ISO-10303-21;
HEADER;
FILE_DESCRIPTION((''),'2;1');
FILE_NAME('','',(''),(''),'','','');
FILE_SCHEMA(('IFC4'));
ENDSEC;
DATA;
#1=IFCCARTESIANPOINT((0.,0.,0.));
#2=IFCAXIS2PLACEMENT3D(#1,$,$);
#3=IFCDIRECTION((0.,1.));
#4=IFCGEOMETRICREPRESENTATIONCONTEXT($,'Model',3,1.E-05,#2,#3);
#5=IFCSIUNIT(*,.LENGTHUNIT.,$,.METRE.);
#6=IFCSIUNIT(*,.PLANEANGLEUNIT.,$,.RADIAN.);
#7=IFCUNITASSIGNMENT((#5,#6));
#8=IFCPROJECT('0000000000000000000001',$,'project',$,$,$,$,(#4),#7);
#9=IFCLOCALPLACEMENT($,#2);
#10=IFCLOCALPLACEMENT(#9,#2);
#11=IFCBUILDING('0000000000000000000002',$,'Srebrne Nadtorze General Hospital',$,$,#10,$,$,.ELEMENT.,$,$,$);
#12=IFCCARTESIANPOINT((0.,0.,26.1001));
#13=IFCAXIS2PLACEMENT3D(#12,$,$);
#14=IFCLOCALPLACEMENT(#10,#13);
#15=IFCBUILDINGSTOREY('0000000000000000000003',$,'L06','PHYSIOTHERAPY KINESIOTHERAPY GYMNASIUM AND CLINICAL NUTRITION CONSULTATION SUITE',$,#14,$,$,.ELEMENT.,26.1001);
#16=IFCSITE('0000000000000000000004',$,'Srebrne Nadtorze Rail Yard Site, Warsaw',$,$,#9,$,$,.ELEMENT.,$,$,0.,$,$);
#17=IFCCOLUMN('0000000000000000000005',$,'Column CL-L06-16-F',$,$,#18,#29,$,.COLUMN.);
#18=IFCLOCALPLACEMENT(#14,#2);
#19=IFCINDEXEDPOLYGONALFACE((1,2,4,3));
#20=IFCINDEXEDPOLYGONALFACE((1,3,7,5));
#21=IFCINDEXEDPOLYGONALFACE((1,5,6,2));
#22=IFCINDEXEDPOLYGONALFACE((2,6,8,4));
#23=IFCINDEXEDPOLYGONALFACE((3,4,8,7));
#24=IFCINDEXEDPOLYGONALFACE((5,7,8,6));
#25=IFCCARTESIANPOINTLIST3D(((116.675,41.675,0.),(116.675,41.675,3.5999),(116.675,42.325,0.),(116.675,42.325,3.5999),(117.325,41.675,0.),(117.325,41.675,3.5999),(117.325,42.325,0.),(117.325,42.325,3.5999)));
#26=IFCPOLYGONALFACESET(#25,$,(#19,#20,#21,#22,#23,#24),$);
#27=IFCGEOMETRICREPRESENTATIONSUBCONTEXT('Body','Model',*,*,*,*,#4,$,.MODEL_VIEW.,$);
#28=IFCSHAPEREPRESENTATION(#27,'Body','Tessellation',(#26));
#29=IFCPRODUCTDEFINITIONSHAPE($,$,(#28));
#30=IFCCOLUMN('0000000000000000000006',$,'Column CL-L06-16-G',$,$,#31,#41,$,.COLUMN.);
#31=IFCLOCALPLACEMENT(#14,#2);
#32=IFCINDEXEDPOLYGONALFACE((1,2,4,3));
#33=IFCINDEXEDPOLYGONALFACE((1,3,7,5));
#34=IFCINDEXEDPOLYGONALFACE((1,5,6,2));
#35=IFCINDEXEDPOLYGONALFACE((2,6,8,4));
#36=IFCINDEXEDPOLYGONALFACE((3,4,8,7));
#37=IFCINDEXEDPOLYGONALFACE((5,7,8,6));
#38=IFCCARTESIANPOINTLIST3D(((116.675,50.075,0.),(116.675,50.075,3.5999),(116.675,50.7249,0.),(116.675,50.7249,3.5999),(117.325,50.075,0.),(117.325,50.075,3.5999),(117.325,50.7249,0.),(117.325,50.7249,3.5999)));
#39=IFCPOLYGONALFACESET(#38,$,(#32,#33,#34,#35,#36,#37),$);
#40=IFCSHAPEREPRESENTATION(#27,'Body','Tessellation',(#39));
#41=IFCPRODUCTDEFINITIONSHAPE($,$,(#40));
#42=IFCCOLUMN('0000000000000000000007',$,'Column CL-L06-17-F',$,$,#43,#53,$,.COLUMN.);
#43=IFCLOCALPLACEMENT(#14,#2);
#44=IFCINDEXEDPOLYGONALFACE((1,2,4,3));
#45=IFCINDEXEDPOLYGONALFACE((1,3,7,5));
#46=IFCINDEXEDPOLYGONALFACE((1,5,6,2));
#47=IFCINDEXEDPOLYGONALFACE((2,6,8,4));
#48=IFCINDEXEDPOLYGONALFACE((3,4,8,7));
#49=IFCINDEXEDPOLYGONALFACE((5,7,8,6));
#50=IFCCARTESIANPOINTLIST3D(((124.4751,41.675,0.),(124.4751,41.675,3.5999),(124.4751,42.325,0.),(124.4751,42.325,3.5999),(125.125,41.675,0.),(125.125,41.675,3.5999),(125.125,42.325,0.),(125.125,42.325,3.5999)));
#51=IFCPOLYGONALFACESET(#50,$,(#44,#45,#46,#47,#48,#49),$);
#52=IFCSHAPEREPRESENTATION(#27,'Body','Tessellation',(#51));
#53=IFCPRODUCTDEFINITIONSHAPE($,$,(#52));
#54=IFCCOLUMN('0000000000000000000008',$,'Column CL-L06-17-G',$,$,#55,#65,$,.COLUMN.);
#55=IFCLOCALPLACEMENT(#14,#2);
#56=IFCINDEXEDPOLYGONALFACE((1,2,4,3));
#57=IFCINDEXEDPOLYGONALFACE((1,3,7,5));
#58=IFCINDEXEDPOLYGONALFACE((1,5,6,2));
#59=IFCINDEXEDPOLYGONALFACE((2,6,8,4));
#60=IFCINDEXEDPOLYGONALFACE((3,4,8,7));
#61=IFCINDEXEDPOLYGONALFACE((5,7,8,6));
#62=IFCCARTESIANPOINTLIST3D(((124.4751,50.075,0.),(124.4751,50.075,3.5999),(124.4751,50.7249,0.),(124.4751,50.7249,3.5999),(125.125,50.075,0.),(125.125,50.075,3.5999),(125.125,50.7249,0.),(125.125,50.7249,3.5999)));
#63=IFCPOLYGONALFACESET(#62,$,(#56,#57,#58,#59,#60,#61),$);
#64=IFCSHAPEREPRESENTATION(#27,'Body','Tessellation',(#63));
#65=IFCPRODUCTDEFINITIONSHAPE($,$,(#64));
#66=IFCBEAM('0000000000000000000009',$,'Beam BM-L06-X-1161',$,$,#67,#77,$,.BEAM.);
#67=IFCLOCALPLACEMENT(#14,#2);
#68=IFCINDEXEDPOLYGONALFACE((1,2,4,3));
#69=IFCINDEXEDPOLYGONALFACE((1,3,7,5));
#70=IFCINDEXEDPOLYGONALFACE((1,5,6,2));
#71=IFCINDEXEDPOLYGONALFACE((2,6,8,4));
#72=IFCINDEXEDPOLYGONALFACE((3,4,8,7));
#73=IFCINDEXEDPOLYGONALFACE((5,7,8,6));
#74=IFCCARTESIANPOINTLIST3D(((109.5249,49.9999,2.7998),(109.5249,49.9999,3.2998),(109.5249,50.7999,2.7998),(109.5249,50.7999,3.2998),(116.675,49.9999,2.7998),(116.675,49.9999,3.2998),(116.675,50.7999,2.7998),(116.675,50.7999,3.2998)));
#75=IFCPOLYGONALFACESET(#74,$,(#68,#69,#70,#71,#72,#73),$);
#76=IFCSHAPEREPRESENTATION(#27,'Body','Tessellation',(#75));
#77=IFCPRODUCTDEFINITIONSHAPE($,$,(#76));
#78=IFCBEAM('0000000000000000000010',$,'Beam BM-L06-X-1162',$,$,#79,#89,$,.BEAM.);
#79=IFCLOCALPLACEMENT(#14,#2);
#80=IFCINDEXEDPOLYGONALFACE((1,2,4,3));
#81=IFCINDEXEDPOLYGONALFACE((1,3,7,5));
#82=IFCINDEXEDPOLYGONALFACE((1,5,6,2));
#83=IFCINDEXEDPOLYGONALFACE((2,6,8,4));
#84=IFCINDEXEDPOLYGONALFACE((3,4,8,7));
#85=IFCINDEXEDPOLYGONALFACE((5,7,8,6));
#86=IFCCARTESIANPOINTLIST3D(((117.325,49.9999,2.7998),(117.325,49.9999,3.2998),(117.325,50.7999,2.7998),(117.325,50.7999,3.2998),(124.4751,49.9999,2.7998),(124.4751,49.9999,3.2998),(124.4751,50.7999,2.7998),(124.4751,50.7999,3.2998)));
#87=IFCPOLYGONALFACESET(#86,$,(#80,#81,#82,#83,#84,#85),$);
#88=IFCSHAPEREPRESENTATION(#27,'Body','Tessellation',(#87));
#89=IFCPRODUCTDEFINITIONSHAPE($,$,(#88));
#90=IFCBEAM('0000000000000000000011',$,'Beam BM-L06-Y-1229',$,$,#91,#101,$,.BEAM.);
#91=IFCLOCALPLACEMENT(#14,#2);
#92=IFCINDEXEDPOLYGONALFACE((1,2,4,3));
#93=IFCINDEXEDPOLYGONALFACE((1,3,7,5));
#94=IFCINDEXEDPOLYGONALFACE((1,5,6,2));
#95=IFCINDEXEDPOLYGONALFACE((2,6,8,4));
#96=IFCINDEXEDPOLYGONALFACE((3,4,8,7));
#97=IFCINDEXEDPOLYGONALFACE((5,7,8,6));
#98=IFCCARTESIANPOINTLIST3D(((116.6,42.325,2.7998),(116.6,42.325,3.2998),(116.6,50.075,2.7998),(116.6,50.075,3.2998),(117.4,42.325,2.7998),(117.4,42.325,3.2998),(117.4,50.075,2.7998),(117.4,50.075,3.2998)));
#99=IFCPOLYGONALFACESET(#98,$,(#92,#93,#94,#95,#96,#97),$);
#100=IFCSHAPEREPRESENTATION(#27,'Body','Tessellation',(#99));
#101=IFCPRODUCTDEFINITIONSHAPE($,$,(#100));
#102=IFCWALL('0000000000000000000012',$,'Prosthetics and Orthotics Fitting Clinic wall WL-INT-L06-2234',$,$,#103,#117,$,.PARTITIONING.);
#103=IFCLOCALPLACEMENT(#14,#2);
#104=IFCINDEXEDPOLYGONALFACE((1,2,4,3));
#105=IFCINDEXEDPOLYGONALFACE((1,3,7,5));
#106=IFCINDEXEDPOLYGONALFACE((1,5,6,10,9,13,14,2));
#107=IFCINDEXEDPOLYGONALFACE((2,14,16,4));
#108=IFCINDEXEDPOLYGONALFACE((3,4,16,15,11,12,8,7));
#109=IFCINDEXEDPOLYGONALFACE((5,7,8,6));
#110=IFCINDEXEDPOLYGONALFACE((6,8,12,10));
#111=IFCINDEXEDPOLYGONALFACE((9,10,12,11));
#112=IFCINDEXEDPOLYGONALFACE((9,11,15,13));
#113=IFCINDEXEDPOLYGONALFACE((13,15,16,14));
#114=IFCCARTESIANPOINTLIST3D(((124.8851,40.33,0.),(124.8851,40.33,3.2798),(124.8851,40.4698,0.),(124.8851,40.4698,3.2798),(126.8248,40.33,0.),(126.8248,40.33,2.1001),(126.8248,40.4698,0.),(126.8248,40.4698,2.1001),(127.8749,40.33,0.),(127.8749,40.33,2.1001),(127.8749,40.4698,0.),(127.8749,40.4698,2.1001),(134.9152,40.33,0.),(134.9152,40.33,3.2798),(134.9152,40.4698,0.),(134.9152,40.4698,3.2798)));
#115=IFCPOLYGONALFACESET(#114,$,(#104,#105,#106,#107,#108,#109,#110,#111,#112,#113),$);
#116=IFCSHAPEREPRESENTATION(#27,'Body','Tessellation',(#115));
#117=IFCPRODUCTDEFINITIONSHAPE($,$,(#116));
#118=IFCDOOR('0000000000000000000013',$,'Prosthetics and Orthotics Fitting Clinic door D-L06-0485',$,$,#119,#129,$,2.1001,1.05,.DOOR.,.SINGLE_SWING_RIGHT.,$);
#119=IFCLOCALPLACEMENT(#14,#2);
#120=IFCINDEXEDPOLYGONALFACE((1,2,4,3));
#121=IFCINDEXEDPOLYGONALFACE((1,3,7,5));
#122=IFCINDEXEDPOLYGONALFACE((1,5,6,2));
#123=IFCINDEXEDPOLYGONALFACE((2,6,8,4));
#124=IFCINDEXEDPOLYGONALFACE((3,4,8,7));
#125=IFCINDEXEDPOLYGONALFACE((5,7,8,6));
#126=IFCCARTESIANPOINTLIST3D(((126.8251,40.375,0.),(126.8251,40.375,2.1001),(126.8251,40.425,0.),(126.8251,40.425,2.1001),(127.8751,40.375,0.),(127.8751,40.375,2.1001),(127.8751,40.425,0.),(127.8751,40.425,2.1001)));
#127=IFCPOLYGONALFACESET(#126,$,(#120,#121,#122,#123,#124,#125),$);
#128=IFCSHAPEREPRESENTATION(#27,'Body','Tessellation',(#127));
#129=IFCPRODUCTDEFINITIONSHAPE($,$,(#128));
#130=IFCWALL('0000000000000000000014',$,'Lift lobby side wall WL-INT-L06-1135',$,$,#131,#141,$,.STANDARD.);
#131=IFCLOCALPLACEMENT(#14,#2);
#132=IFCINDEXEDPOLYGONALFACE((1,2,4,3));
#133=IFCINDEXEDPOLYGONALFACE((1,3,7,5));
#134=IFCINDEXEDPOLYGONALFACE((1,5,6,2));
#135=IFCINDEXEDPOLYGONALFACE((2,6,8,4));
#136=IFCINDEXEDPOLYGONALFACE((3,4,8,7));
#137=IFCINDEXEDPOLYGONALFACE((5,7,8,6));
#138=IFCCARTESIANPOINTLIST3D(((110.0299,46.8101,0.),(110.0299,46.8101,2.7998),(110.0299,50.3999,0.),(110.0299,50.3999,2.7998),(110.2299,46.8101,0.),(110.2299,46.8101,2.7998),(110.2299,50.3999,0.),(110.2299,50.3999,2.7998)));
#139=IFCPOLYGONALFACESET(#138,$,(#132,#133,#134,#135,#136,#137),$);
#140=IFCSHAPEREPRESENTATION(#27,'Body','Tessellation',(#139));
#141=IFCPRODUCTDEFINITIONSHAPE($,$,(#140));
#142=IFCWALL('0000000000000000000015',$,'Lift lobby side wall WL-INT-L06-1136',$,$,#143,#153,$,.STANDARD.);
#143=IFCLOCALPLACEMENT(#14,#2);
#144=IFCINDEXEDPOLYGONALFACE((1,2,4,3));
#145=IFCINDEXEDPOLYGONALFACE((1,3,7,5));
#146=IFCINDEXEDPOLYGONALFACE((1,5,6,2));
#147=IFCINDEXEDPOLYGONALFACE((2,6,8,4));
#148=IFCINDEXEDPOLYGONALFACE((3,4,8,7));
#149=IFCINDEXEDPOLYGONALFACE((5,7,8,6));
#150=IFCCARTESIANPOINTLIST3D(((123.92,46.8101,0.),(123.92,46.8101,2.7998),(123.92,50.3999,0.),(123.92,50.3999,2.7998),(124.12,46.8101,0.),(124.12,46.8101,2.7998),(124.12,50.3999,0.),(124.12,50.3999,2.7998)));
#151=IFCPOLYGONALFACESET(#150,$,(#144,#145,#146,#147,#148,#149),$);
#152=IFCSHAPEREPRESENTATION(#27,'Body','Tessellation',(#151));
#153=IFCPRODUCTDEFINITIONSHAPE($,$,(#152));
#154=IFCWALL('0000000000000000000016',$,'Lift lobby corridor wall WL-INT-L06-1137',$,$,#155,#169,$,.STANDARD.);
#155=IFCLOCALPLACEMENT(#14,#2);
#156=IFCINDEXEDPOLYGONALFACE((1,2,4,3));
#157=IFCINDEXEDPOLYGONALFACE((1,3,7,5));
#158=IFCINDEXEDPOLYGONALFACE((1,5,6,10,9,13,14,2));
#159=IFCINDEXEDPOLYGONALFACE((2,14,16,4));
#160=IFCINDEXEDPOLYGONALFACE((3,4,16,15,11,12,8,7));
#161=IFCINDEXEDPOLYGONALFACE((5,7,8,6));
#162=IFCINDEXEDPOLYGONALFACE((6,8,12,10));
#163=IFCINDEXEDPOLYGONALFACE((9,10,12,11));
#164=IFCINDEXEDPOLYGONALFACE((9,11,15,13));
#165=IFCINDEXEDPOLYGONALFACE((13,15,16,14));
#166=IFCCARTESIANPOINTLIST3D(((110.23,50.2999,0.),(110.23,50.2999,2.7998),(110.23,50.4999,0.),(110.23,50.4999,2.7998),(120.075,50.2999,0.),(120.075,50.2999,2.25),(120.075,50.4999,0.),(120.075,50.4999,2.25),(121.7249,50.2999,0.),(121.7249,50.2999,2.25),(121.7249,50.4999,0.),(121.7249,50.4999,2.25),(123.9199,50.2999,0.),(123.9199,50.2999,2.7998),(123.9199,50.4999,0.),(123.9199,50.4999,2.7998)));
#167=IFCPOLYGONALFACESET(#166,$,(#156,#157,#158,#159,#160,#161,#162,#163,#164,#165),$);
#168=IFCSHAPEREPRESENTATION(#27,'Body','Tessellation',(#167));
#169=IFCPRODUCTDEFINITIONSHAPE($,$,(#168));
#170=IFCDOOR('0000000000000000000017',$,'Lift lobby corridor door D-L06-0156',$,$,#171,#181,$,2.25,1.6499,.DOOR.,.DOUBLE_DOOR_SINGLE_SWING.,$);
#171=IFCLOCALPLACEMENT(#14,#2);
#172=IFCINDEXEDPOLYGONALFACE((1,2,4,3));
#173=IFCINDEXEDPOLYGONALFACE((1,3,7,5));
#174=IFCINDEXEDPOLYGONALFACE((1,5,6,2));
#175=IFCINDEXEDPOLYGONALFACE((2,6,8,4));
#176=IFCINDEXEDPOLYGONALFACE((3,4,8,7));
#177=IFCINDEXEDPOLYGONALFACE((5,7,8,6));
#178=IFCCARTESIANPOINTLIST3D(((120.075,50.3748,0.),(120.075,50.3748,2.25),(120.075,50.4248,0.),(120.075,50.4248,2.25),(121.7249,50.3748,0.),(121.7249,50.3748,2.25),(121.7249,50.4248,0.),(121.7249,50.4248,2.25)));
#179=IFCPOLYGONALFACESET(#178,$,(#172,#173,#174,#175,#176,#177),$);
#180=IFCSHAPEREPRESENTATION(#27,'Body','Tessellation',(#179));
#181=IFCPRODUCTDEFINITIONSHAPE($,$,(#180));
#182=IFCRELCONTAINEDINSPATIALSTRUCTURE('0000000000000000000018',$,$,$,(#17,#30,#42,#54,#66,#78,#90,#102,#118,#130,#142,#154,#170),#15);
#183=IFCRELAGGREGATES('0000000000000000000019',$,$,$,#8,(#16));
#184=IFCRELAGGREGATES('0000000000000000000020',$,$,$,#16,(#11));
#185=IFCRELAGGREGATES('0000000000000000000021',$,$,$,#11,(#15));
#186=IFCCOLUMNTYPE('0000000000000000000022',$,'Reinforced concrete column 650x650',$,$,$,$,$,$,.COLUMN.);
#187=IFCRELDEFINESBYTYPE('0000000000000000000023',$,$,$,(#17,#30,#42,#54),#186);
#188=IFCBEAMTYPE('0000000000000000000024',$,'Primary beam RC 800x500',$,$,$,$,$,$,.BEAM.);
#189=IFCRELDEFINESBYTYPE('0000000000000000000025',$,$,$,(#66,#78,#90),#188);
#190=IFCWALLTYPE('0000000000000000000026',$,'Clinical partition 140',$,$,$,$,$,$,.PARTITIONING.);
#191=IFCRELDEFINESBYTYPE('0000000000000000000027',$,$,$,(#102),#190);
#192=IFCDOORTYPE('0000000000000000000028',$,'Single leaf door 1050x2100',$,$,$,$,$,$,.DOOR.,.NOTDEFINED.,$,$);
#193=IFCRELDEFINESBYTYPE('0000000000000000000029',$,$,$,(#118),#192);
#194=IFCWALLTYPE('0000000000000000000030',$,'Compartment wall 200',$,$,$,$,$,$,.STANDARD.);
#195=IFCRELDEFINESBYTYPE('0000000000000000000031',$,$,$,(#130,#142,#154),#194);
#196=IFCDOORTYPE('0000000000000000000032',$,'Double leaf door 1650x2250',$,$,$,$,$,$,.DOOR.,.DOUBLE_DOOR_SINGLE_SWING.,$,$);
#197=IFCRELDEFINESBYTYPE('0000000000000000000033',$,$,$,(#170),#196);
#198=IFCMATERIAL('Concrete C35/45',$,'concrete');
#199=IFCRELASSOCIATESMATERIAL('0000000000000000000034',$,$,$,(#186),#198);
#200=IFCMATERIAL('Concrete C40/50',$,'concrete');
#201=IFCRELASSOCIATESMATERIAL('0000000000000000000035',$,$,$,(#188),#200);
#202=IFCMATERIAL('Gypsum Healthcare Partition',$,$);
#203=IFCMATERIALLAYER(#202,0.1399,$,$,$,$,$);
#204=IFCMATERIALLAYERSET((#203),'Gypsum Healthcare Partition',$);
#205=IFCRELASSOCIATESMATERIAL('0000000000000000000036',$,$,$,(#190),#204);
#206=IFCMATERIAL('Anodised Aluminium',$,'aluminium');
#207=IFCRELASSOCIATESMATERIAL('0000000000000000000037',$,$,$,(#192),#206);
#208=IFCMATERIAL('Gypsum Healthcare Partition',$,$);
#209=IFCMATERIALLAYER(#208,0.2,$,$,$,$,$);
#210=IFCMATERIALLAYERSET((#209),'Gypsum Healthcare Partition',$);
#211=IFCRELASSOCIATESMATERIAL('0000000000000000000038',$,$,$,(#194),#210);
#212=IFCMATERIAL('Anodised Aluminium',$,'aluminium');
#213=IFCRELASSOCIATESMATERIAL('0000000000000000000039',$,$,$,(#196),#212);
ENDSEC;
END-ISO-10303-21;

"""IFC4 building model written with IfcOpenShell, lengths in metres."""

from ifc_helpers import new_model, si_unit, direction, frame, frame_2d, origin, origin_2d, place, context, subcontext, project, spatial, rectangle, extrude, material, layer, layer_set, material_profile, profile_set, type_object, element, fill, save


model = new_model("IFC4")

# Units and contexts
model_context = context("Model", 3, precision=1e-05, world=origin(), true_north=direction((0.0, 1.0)))
body_context = subcontext(model_context, "Body", "Model", "MODEL_VIEW")
ifc_project = project(units=[si_unit("LENGTHUNIT", "METRE"), si_unit("PLANEANGLEUNIT", "RADIAN")], contexts=[model_context])

# Site, building, storey
site_placement = place(None, origin())
site = spatial("IfcSite", under=ifc_project, at=site_placement, Name="Srebrne Nadtorze Rail Yard Site, Warsaw", CompositionType="ELEMENT", RefElevation=0.0)
building_placement = place(site_placement, origin())
building = spatial("IfcBuilding", under=site, at=building_placement, Name="Srebrne Nadtorze General Hospital", CompositionType="ELEMENT")
storey_placement = place(building_placement, frame((0.0, 0.0, 26.1001)))
storey = spatial("IfcBuildingStorey", under=building, at=storey_placement, Name="L06", Description="PHYSIOTHERAPY KINESIOTHERAPY GYMNASIUM AND CLINICAL NUTRITION CONSULTATION SUITE", CompositionType="ELEMENT", Elevation=26.1001)

# Columns
ifc_material_1 = material(Name="Concrete C35/45", Category="concrete")
ifc_material_profile_1 = material_profile(ifc_material_1, rectangle(XDim=0.6499, YDim=0.6499, at=origin_2d()), Name="RC-COL-650x650")
ifc_profile_set_1 = profile_set([ifc_material_profile_1], Name="Concrete C35/45")
column_type = type_object("IfcColumnType", Name="Reinforced concrete column 650x650", PredefinedType="COLUMN", material=ifc_profile_set_1)
for number, where, z_axis, x_axis, name in (
    (1, (117.0, 42.0, 0.0), (0.0, 0.0, 1.0), (1.0, 0.0, 0.0), "Column CL-L06-16-F"),
    (2, (117.0, 50.3999, 0.0), (0.0, 0.0, 1.0), (1.0, 0.0, 0.0), "Column CL-L06-16-G"),
    (3, (124.8, 42.0, 0.0), (0.0, 0.0, 1.0), (1.0, 0.0, 0.0), "Column CL-L06-17-F"),
    (4, (124.8, 50.3999, 0.0), (0.0, 0.0, 1.0), (1.0, 0.0, 0.0), "Column CL-L06-17-G"),
):
    element("IfcColumn", number, at=place(storey_placement, frame(where, z_axis=z_axis, x_axis=x_axis)), inside=storey, type_object=column_type, Name=name, PredefinedType="COLUMN", context=body_context, shape_type="SweptSolid", body=[
        extrude(rectangle(XDim=0.6499, YDim=0.6499, at=origin_2d()), origin(), (0.0, 0.0, 1.0), 3.5999),
    ])

# Beams
ifc_material_2 = material(Name="Concrete C40/50", Category="concrete")
ifc_material_profile_2 = material_profile(ifc_material_2, rectangle(XDim=0.8, YDim=0.5, at=origin_2d()), Name="RC-BM-800x500")
ifc_profile_set_2 = profile_set([ifc_material_profile_2], Name="Concrete C40/50")
beam_type = type_object("IfcBeamType", Name="Primary beam RC 800x500", PredefinedType="BEAM", material=ifc_profile_set_2)
for number, where, z_axis, x_axis, name in (
    (5, (109.5249, 50.3999, 3.0498), (1.0, 0.0, 0.0), (0.0, 1.0, 0.0), "Beam BM-L06-X-1161"),
    (6, (117.325, 50.3999, 3.0498), (1.0, 0.0, 0.0), (0.0, 1.0, 0.0), "Beam BM-L06-X-1162"),
):
    element("IfcBeam", number, at=place(storey_placement, frame(where, z_axis=z_axis, x_axis=x_axis)), inside=storey, type_object=beam_type, Name=name, PredefinedType="BEAM", context=body_context, shape_type="SweptSolid", body=[
        extrude(rectangle(XDim=0.8, YDim=0.5, at=origin_2d()), origin(), (0.0, 0.0, 1.0), 7.1501),
    ])
beam_placement = place(storey_placement, frame((117.0, 42.325, 3.0498), z_axis=(0.0, 1.0, 0.0), x_axis=(-1.0, 0.0, 0.0)))
element("IfcBeam", 7, at=beam_placement, inside=storey, type_object=beam_type, Name="Beam BM-L06-Y-1229", PredefinedType="BEAM", context=body_context, shape_type="SweptSolid", body=[
    extrude(rectangle(XDim=0.8, YDim=0.5, at=origin_2d()), origin(), (0.0, 0.0, 1.0), 7.75),
])

# Wall, opening, door
ifc_material_3 = material(Name="Gypsum Healthcare Partition")
ifc_layer_1 = layer(ifc_material_3, 0.1399)
ifc_layer_set_1 = layer_set([ifc_layer_1], Name="Gypsum Healthcare Partition")
wall_type_1 = type_object("IfcWallType", Name="Clinical partition 140", PredefinedType="PARTITIONING", material=ifc_layer_set_1)
wall_1_placement = place(storey_placement, frame((124.885, 40.3999, 0.0), z_axis=(0.0, 0.0, 1.0), x_axis=(1.0, 0.0, 0.0)))
wall_1 = element("IfcWall", 8, at=wall_1_placement, inside=storey, type_object=wall_type_1, Name="Prosthetics and Orthotics Fitting Clinic wall WL-INT-L06-2234", PredefinedType="PARTITIONING", context=body_context, shape_type="SweptSolid", body=[
    extrude(rectangle(XDim=10.03, YDim=0.1399, at=frame_2d((5.0151, 0.0))), origin(), (0.0, 0.0, 1.0), 3.2798),
])
opening_1_placement = place(wall_1_placement, frame((1.9399, 0.0, 0.0)))
opening_1 = element("IfcOpeningElement", 9, at=opening_1_placement, cuts=wall_1, PredefinedType="OPENING", context=body_context, shape_type="SweptSolid", body=[
    extrude(rectangle(XDim=1.05, YDim=2.1001, at=frame_2d((0.5249, 1.05))), frame((0.0, 0.082, 0.0), z_axis=(0.0, -1.0, 0.0), x_axis=(1.0, 0.0, 0.0)), (0.0, 0.0, 1.0), 0.1638),
])
ifc_material_4 = material(Name="Anodised Aluminium", Category="aluminium")
door_type_1 = type_object("IfcDoorType", Name="Single leaf door 1050x2100", OperationType="NOTDEFINED", PredefinedType="DOOR", material=ifc_material_4)
door_1_placement = place(opening_1_placement, frame((1.05, 0.0, 0.0), z_axis=(0.0, 0.0, 1.0), x_axis=(-1.0, 0.0, 0.0)))
door_1 = element("IfcDoor", 10, at=door_1_placement, inside=storey, type_object=door_type_1, Name="Prosthetics and Orthotics Fitting Clinic door D-L06-0485", OperationType="SINGLE_SWING_RIGHT", OverallHeight=2.1001, OverallWidth=1.05, PredefinedType="DOOR", context=body_context, shape_type="SweptSolid", body=[
    extrude(rectangle(XDim=1.05, YDim=2.1001, at=frame_2d((0.5249, 1.05))), frame((0.0, 0.0249, 0.0), z_axis=(0.0, -1.0, 0.0), x_axis=(1.0, 0.0, 0.0)), (0.0, 0.0, 1.0), 0.05),
])
fill(opening_1, door_1)

# Walls
ifc_material_5 = material(Name="Gypsum Healthcare Partition")
ifc_layer_2 = layer(ifc_material_5, 0.2)
ifc_layer_set_2 = layer_set([ifc_layer_2], Name="Gypsum Healthcare Partition")
wall_type_2 = type_object("IfcWallType", Name="Compartment wall 200", PredefinedType="STANDARD", material=ifc_layer_set_2)
for number, where, z_axis, x_axis, name in (
    (11, (110.1299, 46.8101, 0.0), (0.0, 0.0, 1.0), (0.0, 1.0, 0.0), "Lift lobby side wall WL-INT-L06-1135"),
    (12, (124.02, 46.8101, 0.0), (0.0, 0.0, 1.0), (0.0, 1.0, 0.0), "Lift lobby side wall WL-INT-L06-1136"),
):
    element("IfcWall", number, at=place(storey_placement, frame(where, z_axis=z_axis, x_axis=x_axis)), inside=storey, type_object=wall_type_2, Name=name, PredefinedType="STANDARD", context=body_context, shape_type="SweptSolid", body=[
        extrude(rectangle(XDim=3.5898, YDim=0.2, at=frame_2d((1.7949, 0.0))), origin(), (0.0, 0.0, 1.0), 2.7998),
    ])

# Wall, opening, door
wall_2_placement = place(storey_placement, frame((110.23, 50.3999, 0.0), z_axis=(0.0, 0.0, 1.0), x_axis=(1.0, 0.0, 0.0)))
wall_2 = element("IfcWall", 13, at=wall_2_placement, inside=storey, type_object=wall_type_2, Name="Lift lobby corridor wall WL-INT-L06-1137", PredefinedType="STANDARD", context=body_context, shape_type="SweptSolid", body=[
    extrude(rectangle(XDim=13.6899, YDim=0.2, at=frame_2d((6.845, 0.0))), origin(), (0.0, 0.0, 1.0), 2.7998),
])
opening_2_placement = place(wall_2_placement, frame((9.845, 0.0, 0.0)))
opening_2 = element("IfcOpeningElement", 14, at=opening_2_placement, cuts=wall_2, PredefinedType="OPENING", context=body_context, shape_type="SweptSolid", body=[
    extrude(rectangle(XDim=1.6499, YDim=2.25, at=frame_2d((0.825, 1.125))), frame((0.0, 0.1118, 0.0), z_axis=(0.0, -1.0, 0.0), x_axis=(1.0, 0.0, 0.0)), (0.0, 0.0, 1.0), 0.2239),
])
ifc_material_6 = material(Name="Anodised Aluminium", Category="aluminium")
door_type_2 = type_object("IfcDoorType", Name="Double leaf door 1650x2250", OperationType="DOUBLE_DOOR_SINGLE_SWING", PredefinedType="DOOR", material=ifc_material_6)
door_2_placement = place(opening_2_placement, origin())
door_2 = element("IfcDoor", 15, at=door_2_placement, inside=storey, type_object=door_type_2, Name="Lift lobby corridor door D-L06-0156", OperationType="DOUBLE_DOOR_SINGLE_SWING", OverallHeight=2.25, OverallWidth=1.6499, PredefinedType="DOOR", context=body_context, shape_type="SweptSolid", body=[
    extrude(rectangle(XDim=1.6499, YDim=2.25, at=frame_2d((0.825, 1.125))), frame((0.0, 0.0249, 0.0), z_axis=(0.0, -1.0, 0.0), x_axis=(1.0, 0.0, 0.0)), (0.0, 0.0, 1.0), 0.05),
])
fill(opening_2, door_2)

save(model, "model.ifc")
